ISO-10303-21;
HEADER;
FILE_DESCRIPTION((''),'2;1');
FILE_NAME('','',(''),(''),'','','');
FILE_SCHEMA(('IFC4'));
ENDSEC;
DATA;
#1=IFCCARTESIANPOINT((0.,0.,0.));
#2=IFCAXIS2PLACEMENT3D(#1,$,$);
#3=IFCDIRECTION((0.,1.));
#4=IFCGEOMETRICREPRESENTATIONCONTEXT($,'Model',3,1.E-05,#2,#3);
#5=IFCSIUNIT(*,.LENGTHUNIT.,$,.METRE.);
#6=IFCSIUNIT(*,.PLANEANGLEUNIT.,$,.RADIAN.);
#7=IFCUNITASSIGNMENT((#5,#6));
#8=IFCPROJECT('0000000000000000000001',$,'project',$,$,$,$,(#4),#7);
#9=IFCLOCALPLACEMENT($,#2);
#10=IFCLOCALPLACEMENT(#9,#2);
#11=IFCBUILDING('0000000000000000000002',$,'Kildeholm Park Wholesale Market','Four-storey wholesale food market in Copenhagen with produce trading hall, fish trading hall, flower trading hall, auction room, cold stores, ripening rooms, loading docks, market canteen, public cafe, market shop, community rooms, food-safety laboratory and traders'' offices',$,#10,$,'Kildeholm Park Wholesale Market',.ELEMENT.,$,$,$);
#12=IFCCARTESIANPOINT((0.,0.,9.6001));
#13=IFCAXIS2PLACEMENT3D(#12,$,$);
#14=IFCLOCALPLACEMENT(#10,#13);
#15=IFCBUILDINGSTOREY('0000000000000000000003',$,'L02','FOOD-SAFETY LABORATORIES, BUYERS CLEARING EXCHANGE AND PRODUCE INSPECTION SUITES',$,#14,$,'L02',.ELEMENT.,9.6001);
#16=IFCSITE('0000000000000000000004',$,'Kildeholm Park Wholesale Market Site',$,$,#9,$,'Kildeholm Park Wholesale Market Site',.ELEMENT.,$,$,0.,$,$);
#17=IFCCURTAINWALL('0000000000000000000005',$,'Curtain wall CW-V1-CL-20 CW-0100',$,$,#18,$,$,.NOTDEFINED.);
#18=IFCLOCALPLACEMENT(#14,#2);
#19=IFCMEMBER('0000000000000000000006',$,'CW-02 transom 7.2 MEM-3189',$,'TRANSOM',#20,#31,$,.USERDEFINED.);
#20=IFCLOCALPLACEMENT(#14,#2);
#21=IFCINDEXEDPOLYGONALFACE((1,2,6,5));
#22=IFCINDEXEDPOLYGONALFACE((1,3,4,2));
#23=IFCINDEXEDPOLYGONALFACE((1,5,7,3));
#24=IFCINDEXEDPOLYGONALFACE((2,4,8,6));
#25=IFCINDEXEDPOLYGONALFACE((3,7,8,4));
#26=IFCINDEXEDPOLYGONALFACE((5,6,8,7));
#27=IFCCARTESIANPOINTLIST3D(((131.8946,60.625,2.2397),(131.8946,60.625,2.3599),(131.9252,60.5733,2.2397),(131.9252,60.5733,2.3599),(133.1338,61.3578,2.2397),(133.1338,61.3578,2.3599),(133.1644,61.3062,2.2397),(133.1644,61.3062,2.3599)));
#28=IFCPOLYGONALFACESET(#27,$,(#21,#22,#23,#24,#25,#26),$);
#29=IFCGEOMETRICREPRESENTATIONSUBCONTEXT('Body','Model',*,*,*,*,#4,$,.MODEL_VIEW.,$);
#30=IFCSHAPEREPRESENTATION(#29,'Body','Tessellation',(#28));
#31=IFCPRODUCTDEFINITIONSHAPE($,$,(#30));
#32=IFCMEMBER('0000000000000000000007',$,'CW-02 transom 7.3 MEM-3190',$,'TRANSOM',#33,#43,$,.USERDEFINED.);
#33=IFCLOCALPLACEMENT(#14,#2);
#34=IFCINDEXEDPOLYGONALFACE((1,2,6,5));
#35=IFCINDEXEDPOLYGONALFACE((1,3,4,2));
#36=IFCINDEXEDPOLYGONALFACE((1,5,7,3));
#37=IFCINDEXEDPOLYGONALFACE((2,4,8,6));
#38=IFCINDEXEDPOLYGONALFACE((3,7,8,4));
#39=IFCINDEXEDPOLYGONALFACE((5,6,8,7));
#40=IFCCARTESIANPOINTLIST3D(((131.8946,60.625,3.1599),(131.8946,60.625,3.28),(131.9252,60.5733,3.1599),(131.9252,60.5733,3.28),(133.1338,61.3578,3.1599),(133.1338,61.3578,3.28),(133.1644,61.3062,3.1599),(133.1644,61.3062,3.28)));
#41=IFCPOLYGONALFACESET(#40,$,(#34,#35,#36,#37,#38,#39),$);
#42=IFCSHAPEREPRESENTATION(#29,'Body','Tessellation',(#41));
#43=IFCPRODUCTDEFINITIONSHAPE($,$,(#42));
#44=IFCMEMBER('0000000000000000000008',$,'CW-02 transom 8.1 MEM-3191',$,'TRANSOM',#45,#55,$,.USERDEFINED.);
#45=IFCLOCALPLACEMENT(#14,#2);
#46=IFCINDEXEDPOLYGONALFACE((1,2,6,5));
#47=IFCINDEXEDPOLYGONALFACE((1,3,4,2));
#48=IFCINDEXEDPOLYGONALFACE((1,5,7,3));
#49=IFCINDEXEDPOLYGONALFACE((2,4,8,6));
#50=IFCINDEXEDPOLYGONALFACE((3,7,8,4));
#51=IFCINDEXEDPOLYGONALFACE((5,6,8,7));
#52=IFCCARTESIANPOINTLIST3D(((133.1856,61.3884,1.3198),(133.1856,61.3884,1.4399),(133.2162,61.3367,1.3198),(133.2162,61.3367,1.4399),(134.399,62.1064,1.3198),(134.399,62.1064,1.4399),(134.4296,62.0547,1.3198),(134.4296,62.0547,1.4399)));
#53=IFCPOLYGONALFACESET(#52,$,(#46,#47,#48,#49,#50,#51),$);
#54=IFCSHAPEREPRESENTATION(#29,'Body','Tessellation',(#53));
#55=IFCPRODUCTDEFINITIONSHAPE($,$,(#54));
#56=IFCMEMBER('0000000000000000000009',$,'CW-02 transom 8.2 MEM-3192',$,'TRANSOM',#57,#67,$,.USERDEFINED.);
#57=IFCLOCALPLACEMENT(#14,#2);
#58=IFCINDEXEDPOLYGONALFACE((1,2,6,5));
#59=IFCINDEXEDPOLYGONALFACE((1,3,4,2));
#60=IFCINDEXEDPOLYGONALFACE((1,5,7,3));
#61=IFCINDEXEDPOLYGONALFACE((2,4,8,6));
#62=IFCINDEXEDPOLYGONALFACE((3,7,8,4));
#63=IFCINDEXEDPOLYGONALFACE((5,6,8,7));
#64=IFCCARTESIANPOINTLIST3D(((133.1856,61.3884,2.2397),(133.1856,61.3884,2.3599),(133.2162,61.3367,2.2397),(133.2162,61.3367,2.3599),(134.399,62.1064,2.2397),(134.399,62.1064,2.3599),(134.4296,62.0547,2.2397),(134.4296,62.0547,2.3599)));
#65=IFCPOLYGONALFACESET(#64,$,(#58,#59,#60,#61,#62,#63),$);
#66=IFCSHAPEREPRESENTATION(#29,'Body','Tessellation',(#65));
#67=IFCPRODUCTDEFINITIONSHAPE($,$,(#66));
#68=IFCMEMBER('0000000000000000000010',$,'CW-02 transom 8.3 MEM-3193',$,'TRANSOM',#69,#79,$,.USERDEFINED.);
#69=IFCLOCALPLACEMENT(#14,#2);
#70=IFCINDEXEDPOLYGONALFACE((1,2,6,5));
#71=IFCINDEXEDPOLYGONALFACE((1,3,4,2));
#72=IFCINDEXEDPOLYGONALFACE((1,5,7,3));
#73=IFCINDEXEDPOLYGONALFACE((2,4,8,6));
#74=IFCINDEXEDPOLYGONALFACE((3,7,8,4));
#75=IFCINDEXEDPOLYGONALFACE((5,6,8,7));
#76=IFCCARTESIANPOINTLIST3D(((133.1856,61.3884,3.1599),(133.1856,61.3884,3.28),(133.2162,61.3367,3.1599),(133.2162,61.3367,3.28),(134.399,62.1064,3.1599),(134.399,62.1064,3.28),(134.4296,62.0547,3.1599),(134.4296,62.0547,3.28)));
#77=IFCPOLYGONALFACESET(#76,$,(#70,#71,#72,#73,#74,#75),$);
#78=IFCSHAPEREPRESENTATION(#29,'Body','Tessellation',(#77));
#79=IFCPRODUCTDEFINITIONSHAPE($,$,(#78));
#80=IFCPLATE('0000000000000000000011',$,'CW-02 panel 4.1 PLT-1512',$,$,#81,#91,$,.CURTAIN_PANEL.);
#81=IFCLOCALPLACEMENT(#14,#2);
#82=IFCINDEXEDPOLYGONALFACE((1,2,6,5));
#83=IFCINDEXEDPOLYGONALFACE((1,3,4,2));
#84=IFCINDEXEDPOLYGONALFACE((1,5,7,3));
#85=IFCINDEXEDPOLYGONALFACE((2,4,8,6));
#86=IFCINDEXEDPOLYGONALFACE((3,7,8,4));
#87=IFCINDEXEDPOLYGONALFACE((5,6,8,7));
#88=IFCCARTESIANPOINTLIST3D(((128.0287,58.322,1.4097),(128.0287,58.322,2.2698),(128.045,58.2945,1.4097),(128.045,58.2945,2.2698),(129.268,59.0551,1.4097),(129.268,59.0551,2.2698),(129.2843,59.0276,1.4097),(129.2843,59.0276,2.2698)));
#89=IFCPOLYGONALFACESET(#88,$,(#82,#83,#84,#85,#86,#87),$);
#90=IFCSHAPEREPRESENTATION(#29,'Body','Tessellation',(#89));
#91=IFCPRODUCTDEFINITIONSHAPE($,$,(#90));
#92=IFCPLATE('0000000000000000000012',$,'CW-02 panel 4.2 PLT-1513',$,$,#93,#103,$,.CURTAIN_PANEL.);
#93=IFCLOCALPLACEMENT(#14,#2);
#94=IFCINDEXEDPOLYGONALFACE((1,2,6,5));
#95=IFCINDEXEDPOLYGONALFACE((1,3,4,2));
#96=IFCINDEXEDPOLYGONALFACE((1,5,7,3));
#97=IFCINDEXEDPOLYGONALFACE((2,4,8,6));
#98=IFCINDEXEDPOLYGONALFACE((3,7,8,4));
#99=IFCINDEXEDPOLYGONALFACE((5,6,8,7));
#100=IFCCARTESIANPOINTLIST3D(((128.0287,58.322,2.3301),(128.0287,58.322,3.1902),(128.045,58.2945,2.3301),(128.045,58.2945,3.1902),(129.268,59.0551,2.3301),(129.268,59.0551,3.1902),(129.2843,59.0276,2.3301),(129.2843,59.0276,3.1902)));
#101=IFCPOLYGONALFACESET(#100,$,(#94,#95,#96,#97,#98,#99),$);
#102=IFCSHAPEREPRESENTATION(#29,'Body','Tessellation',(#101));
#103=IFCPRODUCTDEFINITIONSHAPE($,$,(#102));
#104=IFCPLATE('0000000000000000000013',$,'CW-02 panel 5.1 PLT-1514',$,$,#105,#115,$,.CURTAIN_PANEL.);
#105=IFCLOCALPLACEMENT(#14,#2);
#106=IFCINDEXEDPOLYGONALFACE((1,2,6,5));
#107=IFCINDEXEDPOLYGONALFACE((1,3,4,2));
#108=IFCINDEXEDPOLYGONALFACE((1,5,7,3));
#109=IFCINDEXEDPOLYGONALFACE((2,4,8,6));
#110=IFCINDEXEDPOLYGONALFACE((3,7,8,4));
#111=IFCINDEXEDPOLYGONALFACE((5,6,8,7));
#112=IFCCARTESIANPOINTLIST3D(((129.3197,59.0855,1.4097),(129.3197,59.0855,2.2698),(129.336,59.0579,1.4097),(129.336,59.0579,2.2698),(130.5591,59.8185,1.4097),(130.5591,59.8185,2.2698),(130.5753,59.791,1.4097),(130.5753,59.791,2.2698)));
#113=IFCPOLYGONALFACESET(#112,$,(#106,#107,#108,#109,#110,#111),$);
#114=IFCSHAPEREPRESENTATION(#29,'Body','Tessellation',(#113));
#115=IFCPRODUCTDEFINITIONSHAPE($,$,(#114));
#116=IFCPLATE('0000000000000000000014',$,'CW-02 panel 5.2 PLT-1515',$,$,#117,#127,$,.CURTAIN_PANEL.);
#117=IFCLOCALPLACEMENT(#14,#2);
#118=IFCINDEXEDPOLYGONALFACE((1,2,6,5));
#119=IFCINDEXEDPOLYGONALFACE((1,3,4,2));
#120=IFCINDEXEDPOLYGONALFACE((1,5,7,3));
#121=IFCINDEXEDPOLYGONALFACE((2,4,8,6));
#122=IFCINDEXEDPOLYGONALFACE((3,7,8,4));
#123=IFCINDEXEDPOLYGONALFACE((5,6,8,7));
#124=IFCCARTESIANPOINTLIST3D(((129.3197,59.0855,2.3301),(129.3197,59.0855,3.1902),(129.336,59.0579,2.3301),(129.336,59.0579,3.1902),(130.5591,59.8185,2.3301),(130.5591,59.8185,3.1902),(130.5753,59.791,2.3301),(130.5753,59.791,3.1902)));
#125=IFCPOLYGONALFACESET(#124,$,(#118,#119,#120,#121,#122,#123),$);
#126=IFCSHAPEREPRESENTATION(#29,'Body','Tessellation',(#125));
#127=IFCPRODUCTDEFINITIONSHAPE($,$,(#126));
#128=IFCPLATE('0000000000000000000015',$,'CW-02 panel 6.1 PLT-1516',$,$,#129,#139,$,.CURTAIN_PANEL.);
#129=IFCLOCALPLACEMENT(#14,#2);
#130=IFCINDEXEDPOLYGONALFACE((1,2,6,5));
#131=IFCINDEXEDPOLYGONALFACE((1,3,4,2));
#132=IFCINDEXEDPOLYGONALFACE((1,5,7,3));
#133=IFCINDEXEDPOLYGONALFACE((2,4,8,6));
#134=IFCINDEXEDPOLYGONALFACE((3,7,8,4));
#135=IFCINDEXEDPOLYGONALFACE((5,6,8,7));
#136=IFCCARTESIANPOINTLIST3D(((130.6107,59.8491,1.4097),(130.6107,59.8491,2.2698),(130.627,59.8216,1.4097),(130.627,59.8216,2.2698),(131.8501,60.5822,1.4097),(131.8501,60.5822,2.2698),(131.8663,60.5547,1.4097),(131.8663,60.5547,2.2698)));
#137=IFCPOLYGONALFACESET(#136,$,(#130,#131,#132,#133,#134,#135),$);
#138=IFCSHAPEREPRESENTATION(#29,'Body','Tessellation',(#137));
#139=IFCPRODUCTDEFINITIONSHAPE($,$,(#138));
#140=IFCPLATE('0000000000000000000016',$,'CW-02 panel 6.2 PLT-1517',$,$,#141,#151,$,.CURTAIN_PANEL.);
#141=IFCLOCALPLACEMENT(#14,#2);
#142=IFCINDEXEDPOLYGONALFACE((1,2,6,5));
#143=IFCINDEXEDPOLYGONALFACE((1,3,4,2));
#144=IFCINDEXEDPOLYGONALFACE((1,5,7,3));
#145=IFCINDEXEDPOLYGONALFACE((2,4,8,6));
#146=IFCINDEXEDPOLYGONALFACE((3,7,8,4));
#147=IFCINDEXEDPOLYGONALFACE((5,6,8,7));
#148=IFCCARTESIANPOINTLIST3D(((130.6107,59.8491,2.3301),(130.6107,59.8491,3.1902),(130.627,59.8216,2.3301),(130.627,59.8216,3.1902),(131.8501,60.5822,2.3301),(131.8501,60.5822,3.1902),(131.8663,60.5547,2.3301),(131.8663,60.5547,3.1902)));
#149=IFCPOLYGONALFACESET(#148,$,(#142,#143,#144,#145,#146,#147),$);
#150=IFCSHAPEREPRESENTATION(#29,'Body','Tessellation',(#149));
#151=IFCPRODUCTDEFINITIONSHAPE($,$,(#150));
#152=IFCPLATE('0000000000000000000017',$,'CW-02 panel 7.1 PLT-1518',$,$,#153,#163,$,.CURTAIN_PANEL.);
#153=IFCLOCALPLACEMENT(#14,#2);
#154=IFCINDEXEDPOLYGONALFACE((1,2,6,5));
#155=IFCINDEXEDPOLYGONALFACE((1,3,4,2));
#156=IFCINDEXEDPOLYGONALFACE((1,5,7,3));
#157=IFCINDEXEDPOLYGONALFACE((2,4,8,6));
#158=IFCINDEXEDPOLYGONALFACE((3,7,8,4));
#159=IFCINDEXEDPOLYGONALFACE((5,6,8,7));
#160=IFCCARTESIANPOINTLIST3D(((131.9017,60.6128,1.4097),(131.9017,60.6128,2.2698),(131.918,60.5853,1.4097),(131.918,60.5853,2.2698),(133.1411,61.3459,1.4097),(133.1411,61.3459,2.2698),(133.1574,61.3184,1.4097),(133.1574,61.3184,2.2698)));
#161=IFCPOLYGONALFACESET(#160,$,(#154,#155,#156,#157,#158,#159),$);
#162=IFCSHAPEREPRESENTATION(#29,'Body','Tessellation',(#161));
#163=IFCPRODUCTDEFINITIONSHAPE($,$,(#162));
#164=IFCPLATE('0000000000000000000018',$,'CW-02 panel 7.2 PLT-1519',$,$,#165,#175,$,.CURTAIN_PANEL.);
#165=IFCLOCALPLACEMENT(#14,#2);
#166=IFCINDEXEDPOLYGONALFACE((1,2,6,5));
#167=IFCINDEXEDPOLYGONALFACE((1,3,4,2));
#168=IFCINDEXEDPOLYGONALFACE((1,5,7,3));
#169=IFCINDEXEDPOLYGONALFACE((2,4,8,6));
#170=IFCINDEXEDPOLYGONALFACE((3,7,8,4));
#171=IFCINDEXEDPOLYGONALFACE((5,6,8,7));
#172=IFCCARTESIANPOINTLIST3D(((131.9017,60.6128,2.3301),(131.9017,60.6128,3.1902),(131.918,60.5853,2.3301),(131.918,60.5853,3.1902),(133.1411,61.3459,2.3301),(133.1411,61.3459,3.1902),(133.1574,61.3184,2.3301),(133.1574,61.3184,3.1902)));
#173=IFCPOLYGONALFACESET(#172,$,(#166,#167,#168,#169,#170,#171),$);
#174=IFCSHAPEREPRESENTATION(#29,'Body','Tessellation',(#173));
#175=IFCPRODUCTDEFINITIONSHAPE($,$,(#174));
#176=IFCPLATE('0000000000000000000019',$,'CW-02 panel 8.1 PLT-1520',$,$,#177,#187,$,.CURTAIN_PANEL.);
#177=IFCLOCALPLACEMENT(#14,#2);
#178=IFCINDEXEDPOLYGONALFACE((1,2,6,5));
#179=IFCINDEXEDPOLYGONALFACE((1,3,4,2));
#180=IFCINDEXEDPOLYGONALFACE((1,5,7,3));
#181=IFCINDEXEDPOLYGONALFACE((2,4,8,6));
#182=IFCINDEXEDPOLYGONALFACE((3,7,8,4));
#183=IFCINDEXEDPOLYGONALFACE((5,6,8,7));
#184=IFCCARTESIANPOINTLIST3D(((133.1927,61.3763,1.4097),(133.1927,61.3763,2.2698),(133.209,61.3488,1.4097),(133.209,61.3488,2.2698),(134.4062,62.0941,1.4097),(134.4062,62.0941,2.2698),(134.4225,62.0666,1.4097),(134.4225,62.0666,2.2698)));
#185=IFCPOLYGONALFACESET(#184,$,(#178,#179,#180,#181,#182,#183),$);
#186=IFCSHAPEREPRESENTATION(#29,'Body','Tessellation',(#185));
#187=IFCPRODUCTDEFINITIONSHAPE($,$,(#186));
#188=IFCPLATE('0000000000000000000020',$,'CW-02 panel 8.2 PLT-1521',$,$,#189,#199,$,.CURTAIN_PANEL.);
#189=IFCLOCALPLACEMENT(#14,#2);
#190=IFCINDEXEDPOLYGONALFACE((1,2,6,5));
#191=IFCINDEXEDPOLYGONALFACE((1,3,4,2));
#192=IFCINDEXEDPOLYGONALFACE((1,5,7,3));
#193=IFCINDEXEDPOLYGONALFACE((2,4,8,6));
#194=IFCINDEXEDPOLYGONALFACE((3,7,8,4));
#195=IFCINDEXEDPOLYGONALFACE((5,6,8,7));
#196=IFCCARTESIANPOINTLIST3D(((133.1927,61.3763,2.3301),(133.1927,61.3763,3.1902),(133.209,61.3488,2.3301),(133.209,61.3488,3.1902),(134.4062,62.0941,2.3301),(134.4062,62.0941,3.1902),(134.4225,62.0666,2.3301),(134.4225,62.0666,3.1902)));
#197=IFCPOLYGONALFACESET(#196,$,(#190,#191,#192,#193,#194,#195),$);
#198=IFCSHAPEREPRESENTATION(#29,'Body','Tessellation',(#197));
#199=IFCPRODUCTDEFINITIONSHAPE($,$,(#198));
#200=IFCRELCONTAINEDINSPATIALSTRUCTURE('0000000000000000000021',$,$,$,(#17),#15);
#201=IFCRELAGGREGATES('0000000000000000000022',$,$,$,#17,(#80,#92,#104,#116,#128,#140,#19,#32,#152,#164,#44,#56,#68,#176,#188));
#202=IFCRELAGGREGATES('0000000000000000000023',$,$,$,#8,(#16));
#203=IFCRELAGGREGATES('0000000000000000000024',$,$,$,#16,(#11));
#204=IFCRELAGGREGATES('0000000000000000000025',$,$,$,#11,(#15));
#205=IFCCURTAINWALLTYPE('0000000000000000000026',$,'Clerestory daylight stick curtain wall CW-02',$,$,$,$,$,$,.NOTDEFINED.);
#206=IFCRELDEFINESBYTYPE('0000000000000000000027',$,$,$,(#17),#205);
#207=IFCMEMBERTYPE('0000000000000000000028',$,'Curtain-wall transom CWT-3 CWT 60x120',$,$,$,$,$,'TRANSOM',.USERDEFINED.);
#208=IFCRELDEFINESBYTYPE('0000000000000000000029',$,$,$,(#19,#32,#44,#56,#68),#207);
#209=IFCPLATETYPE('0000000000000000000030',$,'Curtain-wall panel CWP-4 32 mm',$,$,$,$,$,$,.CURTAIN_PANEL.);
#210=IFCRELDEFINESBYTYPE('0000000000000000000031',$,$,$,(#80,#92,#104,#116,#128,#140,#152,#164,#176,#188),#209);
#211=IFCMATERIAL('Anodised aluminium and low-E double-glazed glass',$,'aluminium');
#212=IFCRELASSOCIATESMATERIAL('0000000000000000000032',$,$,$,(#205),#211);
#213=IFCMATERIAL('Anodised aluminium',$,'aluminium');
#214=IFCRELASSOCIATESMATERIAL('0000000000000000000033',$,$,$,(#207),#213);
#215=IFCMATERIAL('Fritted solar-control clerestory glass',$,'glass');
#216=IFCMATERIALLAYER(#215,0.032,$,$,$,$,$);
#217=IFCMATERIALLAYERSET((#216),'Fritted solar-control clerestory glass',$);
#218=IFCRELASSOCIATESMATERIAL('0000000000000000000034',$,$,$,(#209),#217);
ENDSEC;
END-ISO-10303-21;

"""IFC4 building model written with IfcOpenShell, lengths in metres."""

from ifc_helpers import new_model, si_unit, direction, frame, origin, origin_2d, place, context, subcontext, project, spatial, rectangle, extrude, material, layer, layer_set, material_profile, profile_set, type_object, element, aggregate, save


model = new_model("IFC4")

# Units and contexts
model_context = context("Model", 3, precision=1e-05, world=origin(), true_north=direction((0.0, 1.0)))
body_context = subcontext(model_context, "Body", "Model", "MODEL_VIEW")
ifc_project = project(units=[si_unit("LENGTHUNIT", "METRE"), si_unit("PLANEANGLEUNIT", "RADIAN")], contexts=[model_context])

# Site, building, storey
site_placement = place(None, origin())
site = spatial("IfcSite", under=ifc_project, at=site_placement, Name="Kildeholm Park Wholesale Market Site", LongName="Kildeholm Park Wholesale Market Site", CompositionType="ELEMENT", RefElevation=0.0)
building_placement = place(site_placement, origin())
building = spatial("IfcBuilding", under=site, at=building_placement, Name="Kildeholm Park Wholesale Market", Description="Four-storey wholesale food market in Copenhagen with produce trading hall, fish trading hall, flower trading hall, auction room, cold stores, ripening rooms, loading docks, market canteen, public cafe, market shop, community rooms, food-safety laboratory and traders' offices", LongName="Kildeholm Park Wholesale Market", CompositionType="ELEMENT")
storey_placement = place(building_placement, frame((0.0, 0.0, 9.6001)))
storey = spatial("IfcBuildingStorey", under=building, at=storey_placement, Name="L02", Description="FOOD-SAFETY LABORATORIES, BUYERS CLEARING EXCHANGE AND PRODUCE INSPECTION SUITES", LongName="L02", CompositionType="ELEMENT", Elevation=9.6001)

# Curtain wall, members, plates
ifc_material_1 = material(Name="Anodised aluminium and low-E double-glazed glass", Category="aluminium")
curtain_wall_type = type_object("IfcCurtainWallType", Name="Clerestory daylight stick curtain wall CW-02", PredefinedType="NOTDEFINED", material=ifc_material_1)
curtain_wall_placement = place(storey_placement, origin())
curtain_wall = element("IfcCurtainWall", 1, at=curtain_wall_placement, inside=storey, type_object=curtain_wall_type, Name="Curtain wall CW-V1-CL-20 CW-0100", PredefinedType="NOTDEFINED")
ifc_material_2 = material(Name="Anodised aluminium", Category="aluminium")
ifc_material_profile_1 = material_profile(ifc_material_2, rectangle(XDim=0.0601, YDim=0.1201, at=origin_2d()), Name="CWT 60x120")
ifc_profile_set_1 = profile_set([ifc_material_profile_1], Name="Anodised aluminium")
member_type_1 = type_object("IfcMemberType", Name="Curtain-wall transom CWT-3 CWT 60x120", ElementType="TRANSOM", PredefinedType="USERDEFINED", material=ifc_profile_set_1)
member_1_placement = place(storey_placement, frame((131.9099, 60.5991, 2.2998), z_axis=(0.860737, 0.509049, 0.0), x_axis=(-0.509049, 0.860737, 0.0)))
member_1 = element("IfcMember", 2, at=member_1_placement, type_object=member_type_1, Name="CW-02 transom 7.2 MEM-3189", ObjectType="TRANSOM", PredefinedType="USERDEFINED", context=body_context, shape_type="SweptSolid", body=[
    extrude(rectangle(XDim=0.0601, YDim=0.1201, at=origin_2d()), origin(), (0.0, 0.0, 1.0), 1.4397),
])
member_2_placement = place(storey_placement, frame((131.9099, 60.5991, 3.22), z_axis=(0.860737, 0.509049, 0.0), x_axis=(-0.509049, 0.860737, 0.0)))
member_2 = element("IfcMember", 3, at=member_2_placement, type_object=member_type_1, Name="CW-02 transom 7.3 MEM-3190", ObjectType="TRANSOM", PredefinedType="USERDEFINED", context=body_context, shape_type="SweptSolid", body=[
    extrude(rectangle(XDim=0.0601, YDim=0.1201, at=origin_2d()), origin(), (0.0, 0.0, 1.0), 1.4397),
])
member_3_placement = place(storey_placement, frame((133.2009, 61.3625, 1.3799), z_axis=(0.860609, 0.509266, 0.0), x_axis=(-0.509266, 0.860609, 0.0)))
member_3 = element("IfcMember", 4, at=member_3_placement, type_object=member_type_1, Name="CW-02 transom 8.1 MEM-3191", ObjectType="TRANSOM", PredefinedType="USERDEFINED", context=body_context, shape_type="SweptSolid", body=[
    extrude(rectangle(XDim=0.0601, YDim=0.1201, at=origin_2d()), origin(), (0.0, 0.0, 1.0), 1.4099),
])
member_4_placement = place(storey_placement, frame((133.2009, 61.3625, 2.2998), z_axis=(0.860609, 0.509266, 0.0), x_axis=(-0.509266, 0.860609, 0.0)))
member_4 = element("IfcMember", 5, at=member_4_placement, type_object=member_type_1, Name="CW-02 transom 8.2 MEM-3192", ObjectType="TRANSOM", PredefinedType="USERDEFINED", context=body_context, shape_type="SweptSolid", body=[
    extrude(rectangle(XDim=0.0601, YDim=0.1201, at=origin_2d()), origin(), (0.0, 0.0, 1.0), 1.4099),
])
member_5_placement = place(storey_placement, frame((133.2009, 61.3625, 3.22), z_axis=(0.860609, 0.509266, 0.0), x_axis=(-0.509266, 0.860609, 0.0)))
member_5 = element("IfcMember", 6, at=member_5_placement, type_object=member_type_1, Name="CW-02 transom 8.3 MEM-3193", ObjectType="TRANSOM", PredefinedType="USERDEFINED", context=body_context, shape_type="SweptSolid", body=[
    extrude(rectangle(XDim=0.0601, YDim=0.1201, at=origin_2d()), origin(), (0.0, 0.0, 1.0), 1.4099),
])
ifc_material_3 = material(Name="Fritted solar-control clerestory glass", Category="glass")
ifc_layer = layer(ifc_material_3, 0.032)
ifc_layer_set = layer_set([ifc_layer], Name="Fritted solar-control clerestory glass")
plate_type = type_object("IfcPlateType", Name="Curtain-wall panel CWP-4 32 mm", PredefinedType="CURTAIN_PANEL", material=ifc_layer_set)
plate_1_placement = place(storey_placement, frame((128.6565, 58.6748, 1.4097), z_axis=(0.0, 0.0, 1.0), x_axis=(0.860704, 0.509105, 0.0)))
plate_1 = element("IfcPlate", 7, at=plate_1_placement, type_object=plate_type, Name="CW-02 panel 4.1 PLT-1512", PredefinedType="CURTAIN_PANEL", context=body_context, shape_type="SweptSolid", body=[
    extrude(rectangle(XDim=1.4399, YDim=0.032, at=origin_2d()), origin(), (0.0, 0.0, 1.0), 0.8601),
])
plate_2_placement = place(storey_placement, frame((128.6565, 58.6748, 2.3301), z_axis=(0.0, 0.0, 1.0), x_axis=(0.860704, 0.509105, 0.0)))
plate_2 = element("IfcPlate", 8, at=plate_2_placement, type_object=plate_type, Name="CW-02 panel 4.2 PLT-1513", PredefinedType="CURTAIN_PANEL", context=body_context, shape_type="SweptSolid", body=[
    extrude(rectangle(XDim=1.4399, YDim=0.032, at=origin_2d()), origin(), (0.0, 0.0, 1.0), 0.8601),
])
plate_3_placement = place(storey_placement, frame((129.9475, 59.4382, 1.4097), z_axis=(0.0, 0.0, 1.0), x_axis=(0.860704, 0.509105, 0.0)))
plate_3 = element("IfcPlate", 9, at=plate_3_placement, type_object=plate_type, Name="CW-02 panel 5.1 PLT-1514", PredefinedType="CURTAIN_PANEL", context=body_context, shape_type="SweptSolid", body=[
    extrude(rectangle(XDim=1.4399, YDim=0.032, at=origin_2d()), origin(), (0.0, 0.0, 1.0), 0.8601),
])
plate_4_placement = place(storey_placement, frame((129.9475, 59.4382, 2.3301), z_axis=(0.0, 0.0, 1.0), x_axis=(0.860704, 0.509105, 0.0)))
plate_4 = element("IfcPlate", 10, at=plate_4_placement, type_object=plate_type, Name="CW-02 panel 5.2 PLT-1515", PredefinedType="CURTAIN_PANEL", context=body_context, shape_type="SweptSolid", body=[
    extrude(rectangle(XDim=1.4399, YDim=0.032, at=origin_2d()), origin(), (0.0, 0.0, 1.0), 0.8601),
])
plate_5_placement = place(storey_placement, frame((131.2385, 60.2019, 1.4097), z_axis=(0.0, 0.0, 1.0), x_axis=(0.860704, 0.509105, 0.0)))
plate_5 = element("IfcPlate", 11, at=plate_5_placement, type_object=plate_type, Name="CW-02 panel 6.1 PLT-1516", PredefinedType="CURTAIN_PANEL", context=body_context, shape_type="SweptSolid", body=[
    extrude(rectangle(XDim=1.4399, YDim=0.032, at=origin_2d()), origin(), (0.0, 0.0, 1.0), 0.8601),
])
plate_6_placement = place(storey_placement, frame((131.2385, 60.2019, 2.3301), z_axis=(0.0, 0.0, 1.0), x_axis=(0.860704, 0.509105, 0.0)))
plate_6 = element("IfcPlate", 12, at=plate_6_placement, type_object=plate_type, Name="CW-02 panel 6.2 PLT-1517", PredefinedType="CURTAIN_PANEL", context=body_context, shape_type="SweptSolid", body=[
    extrude(rectangle(XDim=1.4399, YDim=0.032, at=origin_2d()), origin(), (0.0, 0.0, 1.0), 0.8601),
])
plate_7_placement = place(storey_placement, frame((132.5295, 60.9656, 1.4097), z_axis=(0.0, 0.0, 1.0), x_axis=(0.860704, 0.509105, 0.0)))
plate_7 = element("IfcPlate", 13, at=plate_7_placement, type_object=plate_type, Name="CW-02 panel 7.1 PLT-1518", PredefinedType="CURTAIN_PANEL", context=body_context, shape_type="SweptSolid", body=[
    extrude(rectangle(XDim=1.4399, YDim=0.032, at=origin_2d()), origin(), (0.0, 0.0, 1.0), 0.8601),
])
plate_8_placement = place(storey_placement, frame((132.5295, 60.9656, 2.3301), z_axis=(0.0, 0.0, 1.0), x_axis=(0.860704, 0.509105, 0.0)))
plate_8 = element("IfcPlate", 14, at=plate_8_placement, type_object=plate_type, Name="CW-02 panel 7.2 PLT-1519", PredefinedType="CURTAIN_PANEL", context=body_context, shape_type="SweptSolid", body=[
    extrude(rectangle(XDim=1.4399, YDim=0.032, at=origin_2d()), origin(), (0.0, 0.0, 1.0), 0.8601),
])
plate_9_placement = place(storey_placement, frame((133.8076, 61.7214, 1.4097), z_axis=(0.0, 0.0, 1.0), x_axis=(0.860704, 0.509105, 0.0)))
plate_9 = element("IfcPlate", 15, at=plate_9_placement, type_object=plate_type, Name="CW-02 panel 8.1 PLT-1520", PredefinedType="CURTAIN_PANEL", context=body_context, shape_type="SweptSolid", body=[
    extrude(rectangle(XDim=1.4099, YDim=0.032, at=origin_2d()), origin(), (0.0, 0.0, 1.0), 0.8601),
])
plate_10_placement = place(storey_placement, frame((133.8076, 61.7214, 2.3301), z_axis=(0.0, 0.0, 1.0), x_axis=(0.860704, 0.509105, 0.0)))
plate_10 = element("IfcPlate", 16, at=plate_10_placement, type_object=plate_type, Name="CW-02 panel 8.2 PLT-1521", PredefinedType="CURTAIN_PANEL", context=body_context, shape_type="SweptSolid", body=[
    extrude(rectangle(XDim=1.4099, YDim=0.032, at=origin_2d()), origin(), (0.0, 0.0, 1.0), 0.8601),
])
aggregate(curtain_wall, [plate_1, plate_2, plate_3, plate_4, plate_5, plate_6, member_1, member_2, plate_7, plate_8, member_3, member_4, member_5, plate_9, plate_10])

save(model, "model.ifc")
